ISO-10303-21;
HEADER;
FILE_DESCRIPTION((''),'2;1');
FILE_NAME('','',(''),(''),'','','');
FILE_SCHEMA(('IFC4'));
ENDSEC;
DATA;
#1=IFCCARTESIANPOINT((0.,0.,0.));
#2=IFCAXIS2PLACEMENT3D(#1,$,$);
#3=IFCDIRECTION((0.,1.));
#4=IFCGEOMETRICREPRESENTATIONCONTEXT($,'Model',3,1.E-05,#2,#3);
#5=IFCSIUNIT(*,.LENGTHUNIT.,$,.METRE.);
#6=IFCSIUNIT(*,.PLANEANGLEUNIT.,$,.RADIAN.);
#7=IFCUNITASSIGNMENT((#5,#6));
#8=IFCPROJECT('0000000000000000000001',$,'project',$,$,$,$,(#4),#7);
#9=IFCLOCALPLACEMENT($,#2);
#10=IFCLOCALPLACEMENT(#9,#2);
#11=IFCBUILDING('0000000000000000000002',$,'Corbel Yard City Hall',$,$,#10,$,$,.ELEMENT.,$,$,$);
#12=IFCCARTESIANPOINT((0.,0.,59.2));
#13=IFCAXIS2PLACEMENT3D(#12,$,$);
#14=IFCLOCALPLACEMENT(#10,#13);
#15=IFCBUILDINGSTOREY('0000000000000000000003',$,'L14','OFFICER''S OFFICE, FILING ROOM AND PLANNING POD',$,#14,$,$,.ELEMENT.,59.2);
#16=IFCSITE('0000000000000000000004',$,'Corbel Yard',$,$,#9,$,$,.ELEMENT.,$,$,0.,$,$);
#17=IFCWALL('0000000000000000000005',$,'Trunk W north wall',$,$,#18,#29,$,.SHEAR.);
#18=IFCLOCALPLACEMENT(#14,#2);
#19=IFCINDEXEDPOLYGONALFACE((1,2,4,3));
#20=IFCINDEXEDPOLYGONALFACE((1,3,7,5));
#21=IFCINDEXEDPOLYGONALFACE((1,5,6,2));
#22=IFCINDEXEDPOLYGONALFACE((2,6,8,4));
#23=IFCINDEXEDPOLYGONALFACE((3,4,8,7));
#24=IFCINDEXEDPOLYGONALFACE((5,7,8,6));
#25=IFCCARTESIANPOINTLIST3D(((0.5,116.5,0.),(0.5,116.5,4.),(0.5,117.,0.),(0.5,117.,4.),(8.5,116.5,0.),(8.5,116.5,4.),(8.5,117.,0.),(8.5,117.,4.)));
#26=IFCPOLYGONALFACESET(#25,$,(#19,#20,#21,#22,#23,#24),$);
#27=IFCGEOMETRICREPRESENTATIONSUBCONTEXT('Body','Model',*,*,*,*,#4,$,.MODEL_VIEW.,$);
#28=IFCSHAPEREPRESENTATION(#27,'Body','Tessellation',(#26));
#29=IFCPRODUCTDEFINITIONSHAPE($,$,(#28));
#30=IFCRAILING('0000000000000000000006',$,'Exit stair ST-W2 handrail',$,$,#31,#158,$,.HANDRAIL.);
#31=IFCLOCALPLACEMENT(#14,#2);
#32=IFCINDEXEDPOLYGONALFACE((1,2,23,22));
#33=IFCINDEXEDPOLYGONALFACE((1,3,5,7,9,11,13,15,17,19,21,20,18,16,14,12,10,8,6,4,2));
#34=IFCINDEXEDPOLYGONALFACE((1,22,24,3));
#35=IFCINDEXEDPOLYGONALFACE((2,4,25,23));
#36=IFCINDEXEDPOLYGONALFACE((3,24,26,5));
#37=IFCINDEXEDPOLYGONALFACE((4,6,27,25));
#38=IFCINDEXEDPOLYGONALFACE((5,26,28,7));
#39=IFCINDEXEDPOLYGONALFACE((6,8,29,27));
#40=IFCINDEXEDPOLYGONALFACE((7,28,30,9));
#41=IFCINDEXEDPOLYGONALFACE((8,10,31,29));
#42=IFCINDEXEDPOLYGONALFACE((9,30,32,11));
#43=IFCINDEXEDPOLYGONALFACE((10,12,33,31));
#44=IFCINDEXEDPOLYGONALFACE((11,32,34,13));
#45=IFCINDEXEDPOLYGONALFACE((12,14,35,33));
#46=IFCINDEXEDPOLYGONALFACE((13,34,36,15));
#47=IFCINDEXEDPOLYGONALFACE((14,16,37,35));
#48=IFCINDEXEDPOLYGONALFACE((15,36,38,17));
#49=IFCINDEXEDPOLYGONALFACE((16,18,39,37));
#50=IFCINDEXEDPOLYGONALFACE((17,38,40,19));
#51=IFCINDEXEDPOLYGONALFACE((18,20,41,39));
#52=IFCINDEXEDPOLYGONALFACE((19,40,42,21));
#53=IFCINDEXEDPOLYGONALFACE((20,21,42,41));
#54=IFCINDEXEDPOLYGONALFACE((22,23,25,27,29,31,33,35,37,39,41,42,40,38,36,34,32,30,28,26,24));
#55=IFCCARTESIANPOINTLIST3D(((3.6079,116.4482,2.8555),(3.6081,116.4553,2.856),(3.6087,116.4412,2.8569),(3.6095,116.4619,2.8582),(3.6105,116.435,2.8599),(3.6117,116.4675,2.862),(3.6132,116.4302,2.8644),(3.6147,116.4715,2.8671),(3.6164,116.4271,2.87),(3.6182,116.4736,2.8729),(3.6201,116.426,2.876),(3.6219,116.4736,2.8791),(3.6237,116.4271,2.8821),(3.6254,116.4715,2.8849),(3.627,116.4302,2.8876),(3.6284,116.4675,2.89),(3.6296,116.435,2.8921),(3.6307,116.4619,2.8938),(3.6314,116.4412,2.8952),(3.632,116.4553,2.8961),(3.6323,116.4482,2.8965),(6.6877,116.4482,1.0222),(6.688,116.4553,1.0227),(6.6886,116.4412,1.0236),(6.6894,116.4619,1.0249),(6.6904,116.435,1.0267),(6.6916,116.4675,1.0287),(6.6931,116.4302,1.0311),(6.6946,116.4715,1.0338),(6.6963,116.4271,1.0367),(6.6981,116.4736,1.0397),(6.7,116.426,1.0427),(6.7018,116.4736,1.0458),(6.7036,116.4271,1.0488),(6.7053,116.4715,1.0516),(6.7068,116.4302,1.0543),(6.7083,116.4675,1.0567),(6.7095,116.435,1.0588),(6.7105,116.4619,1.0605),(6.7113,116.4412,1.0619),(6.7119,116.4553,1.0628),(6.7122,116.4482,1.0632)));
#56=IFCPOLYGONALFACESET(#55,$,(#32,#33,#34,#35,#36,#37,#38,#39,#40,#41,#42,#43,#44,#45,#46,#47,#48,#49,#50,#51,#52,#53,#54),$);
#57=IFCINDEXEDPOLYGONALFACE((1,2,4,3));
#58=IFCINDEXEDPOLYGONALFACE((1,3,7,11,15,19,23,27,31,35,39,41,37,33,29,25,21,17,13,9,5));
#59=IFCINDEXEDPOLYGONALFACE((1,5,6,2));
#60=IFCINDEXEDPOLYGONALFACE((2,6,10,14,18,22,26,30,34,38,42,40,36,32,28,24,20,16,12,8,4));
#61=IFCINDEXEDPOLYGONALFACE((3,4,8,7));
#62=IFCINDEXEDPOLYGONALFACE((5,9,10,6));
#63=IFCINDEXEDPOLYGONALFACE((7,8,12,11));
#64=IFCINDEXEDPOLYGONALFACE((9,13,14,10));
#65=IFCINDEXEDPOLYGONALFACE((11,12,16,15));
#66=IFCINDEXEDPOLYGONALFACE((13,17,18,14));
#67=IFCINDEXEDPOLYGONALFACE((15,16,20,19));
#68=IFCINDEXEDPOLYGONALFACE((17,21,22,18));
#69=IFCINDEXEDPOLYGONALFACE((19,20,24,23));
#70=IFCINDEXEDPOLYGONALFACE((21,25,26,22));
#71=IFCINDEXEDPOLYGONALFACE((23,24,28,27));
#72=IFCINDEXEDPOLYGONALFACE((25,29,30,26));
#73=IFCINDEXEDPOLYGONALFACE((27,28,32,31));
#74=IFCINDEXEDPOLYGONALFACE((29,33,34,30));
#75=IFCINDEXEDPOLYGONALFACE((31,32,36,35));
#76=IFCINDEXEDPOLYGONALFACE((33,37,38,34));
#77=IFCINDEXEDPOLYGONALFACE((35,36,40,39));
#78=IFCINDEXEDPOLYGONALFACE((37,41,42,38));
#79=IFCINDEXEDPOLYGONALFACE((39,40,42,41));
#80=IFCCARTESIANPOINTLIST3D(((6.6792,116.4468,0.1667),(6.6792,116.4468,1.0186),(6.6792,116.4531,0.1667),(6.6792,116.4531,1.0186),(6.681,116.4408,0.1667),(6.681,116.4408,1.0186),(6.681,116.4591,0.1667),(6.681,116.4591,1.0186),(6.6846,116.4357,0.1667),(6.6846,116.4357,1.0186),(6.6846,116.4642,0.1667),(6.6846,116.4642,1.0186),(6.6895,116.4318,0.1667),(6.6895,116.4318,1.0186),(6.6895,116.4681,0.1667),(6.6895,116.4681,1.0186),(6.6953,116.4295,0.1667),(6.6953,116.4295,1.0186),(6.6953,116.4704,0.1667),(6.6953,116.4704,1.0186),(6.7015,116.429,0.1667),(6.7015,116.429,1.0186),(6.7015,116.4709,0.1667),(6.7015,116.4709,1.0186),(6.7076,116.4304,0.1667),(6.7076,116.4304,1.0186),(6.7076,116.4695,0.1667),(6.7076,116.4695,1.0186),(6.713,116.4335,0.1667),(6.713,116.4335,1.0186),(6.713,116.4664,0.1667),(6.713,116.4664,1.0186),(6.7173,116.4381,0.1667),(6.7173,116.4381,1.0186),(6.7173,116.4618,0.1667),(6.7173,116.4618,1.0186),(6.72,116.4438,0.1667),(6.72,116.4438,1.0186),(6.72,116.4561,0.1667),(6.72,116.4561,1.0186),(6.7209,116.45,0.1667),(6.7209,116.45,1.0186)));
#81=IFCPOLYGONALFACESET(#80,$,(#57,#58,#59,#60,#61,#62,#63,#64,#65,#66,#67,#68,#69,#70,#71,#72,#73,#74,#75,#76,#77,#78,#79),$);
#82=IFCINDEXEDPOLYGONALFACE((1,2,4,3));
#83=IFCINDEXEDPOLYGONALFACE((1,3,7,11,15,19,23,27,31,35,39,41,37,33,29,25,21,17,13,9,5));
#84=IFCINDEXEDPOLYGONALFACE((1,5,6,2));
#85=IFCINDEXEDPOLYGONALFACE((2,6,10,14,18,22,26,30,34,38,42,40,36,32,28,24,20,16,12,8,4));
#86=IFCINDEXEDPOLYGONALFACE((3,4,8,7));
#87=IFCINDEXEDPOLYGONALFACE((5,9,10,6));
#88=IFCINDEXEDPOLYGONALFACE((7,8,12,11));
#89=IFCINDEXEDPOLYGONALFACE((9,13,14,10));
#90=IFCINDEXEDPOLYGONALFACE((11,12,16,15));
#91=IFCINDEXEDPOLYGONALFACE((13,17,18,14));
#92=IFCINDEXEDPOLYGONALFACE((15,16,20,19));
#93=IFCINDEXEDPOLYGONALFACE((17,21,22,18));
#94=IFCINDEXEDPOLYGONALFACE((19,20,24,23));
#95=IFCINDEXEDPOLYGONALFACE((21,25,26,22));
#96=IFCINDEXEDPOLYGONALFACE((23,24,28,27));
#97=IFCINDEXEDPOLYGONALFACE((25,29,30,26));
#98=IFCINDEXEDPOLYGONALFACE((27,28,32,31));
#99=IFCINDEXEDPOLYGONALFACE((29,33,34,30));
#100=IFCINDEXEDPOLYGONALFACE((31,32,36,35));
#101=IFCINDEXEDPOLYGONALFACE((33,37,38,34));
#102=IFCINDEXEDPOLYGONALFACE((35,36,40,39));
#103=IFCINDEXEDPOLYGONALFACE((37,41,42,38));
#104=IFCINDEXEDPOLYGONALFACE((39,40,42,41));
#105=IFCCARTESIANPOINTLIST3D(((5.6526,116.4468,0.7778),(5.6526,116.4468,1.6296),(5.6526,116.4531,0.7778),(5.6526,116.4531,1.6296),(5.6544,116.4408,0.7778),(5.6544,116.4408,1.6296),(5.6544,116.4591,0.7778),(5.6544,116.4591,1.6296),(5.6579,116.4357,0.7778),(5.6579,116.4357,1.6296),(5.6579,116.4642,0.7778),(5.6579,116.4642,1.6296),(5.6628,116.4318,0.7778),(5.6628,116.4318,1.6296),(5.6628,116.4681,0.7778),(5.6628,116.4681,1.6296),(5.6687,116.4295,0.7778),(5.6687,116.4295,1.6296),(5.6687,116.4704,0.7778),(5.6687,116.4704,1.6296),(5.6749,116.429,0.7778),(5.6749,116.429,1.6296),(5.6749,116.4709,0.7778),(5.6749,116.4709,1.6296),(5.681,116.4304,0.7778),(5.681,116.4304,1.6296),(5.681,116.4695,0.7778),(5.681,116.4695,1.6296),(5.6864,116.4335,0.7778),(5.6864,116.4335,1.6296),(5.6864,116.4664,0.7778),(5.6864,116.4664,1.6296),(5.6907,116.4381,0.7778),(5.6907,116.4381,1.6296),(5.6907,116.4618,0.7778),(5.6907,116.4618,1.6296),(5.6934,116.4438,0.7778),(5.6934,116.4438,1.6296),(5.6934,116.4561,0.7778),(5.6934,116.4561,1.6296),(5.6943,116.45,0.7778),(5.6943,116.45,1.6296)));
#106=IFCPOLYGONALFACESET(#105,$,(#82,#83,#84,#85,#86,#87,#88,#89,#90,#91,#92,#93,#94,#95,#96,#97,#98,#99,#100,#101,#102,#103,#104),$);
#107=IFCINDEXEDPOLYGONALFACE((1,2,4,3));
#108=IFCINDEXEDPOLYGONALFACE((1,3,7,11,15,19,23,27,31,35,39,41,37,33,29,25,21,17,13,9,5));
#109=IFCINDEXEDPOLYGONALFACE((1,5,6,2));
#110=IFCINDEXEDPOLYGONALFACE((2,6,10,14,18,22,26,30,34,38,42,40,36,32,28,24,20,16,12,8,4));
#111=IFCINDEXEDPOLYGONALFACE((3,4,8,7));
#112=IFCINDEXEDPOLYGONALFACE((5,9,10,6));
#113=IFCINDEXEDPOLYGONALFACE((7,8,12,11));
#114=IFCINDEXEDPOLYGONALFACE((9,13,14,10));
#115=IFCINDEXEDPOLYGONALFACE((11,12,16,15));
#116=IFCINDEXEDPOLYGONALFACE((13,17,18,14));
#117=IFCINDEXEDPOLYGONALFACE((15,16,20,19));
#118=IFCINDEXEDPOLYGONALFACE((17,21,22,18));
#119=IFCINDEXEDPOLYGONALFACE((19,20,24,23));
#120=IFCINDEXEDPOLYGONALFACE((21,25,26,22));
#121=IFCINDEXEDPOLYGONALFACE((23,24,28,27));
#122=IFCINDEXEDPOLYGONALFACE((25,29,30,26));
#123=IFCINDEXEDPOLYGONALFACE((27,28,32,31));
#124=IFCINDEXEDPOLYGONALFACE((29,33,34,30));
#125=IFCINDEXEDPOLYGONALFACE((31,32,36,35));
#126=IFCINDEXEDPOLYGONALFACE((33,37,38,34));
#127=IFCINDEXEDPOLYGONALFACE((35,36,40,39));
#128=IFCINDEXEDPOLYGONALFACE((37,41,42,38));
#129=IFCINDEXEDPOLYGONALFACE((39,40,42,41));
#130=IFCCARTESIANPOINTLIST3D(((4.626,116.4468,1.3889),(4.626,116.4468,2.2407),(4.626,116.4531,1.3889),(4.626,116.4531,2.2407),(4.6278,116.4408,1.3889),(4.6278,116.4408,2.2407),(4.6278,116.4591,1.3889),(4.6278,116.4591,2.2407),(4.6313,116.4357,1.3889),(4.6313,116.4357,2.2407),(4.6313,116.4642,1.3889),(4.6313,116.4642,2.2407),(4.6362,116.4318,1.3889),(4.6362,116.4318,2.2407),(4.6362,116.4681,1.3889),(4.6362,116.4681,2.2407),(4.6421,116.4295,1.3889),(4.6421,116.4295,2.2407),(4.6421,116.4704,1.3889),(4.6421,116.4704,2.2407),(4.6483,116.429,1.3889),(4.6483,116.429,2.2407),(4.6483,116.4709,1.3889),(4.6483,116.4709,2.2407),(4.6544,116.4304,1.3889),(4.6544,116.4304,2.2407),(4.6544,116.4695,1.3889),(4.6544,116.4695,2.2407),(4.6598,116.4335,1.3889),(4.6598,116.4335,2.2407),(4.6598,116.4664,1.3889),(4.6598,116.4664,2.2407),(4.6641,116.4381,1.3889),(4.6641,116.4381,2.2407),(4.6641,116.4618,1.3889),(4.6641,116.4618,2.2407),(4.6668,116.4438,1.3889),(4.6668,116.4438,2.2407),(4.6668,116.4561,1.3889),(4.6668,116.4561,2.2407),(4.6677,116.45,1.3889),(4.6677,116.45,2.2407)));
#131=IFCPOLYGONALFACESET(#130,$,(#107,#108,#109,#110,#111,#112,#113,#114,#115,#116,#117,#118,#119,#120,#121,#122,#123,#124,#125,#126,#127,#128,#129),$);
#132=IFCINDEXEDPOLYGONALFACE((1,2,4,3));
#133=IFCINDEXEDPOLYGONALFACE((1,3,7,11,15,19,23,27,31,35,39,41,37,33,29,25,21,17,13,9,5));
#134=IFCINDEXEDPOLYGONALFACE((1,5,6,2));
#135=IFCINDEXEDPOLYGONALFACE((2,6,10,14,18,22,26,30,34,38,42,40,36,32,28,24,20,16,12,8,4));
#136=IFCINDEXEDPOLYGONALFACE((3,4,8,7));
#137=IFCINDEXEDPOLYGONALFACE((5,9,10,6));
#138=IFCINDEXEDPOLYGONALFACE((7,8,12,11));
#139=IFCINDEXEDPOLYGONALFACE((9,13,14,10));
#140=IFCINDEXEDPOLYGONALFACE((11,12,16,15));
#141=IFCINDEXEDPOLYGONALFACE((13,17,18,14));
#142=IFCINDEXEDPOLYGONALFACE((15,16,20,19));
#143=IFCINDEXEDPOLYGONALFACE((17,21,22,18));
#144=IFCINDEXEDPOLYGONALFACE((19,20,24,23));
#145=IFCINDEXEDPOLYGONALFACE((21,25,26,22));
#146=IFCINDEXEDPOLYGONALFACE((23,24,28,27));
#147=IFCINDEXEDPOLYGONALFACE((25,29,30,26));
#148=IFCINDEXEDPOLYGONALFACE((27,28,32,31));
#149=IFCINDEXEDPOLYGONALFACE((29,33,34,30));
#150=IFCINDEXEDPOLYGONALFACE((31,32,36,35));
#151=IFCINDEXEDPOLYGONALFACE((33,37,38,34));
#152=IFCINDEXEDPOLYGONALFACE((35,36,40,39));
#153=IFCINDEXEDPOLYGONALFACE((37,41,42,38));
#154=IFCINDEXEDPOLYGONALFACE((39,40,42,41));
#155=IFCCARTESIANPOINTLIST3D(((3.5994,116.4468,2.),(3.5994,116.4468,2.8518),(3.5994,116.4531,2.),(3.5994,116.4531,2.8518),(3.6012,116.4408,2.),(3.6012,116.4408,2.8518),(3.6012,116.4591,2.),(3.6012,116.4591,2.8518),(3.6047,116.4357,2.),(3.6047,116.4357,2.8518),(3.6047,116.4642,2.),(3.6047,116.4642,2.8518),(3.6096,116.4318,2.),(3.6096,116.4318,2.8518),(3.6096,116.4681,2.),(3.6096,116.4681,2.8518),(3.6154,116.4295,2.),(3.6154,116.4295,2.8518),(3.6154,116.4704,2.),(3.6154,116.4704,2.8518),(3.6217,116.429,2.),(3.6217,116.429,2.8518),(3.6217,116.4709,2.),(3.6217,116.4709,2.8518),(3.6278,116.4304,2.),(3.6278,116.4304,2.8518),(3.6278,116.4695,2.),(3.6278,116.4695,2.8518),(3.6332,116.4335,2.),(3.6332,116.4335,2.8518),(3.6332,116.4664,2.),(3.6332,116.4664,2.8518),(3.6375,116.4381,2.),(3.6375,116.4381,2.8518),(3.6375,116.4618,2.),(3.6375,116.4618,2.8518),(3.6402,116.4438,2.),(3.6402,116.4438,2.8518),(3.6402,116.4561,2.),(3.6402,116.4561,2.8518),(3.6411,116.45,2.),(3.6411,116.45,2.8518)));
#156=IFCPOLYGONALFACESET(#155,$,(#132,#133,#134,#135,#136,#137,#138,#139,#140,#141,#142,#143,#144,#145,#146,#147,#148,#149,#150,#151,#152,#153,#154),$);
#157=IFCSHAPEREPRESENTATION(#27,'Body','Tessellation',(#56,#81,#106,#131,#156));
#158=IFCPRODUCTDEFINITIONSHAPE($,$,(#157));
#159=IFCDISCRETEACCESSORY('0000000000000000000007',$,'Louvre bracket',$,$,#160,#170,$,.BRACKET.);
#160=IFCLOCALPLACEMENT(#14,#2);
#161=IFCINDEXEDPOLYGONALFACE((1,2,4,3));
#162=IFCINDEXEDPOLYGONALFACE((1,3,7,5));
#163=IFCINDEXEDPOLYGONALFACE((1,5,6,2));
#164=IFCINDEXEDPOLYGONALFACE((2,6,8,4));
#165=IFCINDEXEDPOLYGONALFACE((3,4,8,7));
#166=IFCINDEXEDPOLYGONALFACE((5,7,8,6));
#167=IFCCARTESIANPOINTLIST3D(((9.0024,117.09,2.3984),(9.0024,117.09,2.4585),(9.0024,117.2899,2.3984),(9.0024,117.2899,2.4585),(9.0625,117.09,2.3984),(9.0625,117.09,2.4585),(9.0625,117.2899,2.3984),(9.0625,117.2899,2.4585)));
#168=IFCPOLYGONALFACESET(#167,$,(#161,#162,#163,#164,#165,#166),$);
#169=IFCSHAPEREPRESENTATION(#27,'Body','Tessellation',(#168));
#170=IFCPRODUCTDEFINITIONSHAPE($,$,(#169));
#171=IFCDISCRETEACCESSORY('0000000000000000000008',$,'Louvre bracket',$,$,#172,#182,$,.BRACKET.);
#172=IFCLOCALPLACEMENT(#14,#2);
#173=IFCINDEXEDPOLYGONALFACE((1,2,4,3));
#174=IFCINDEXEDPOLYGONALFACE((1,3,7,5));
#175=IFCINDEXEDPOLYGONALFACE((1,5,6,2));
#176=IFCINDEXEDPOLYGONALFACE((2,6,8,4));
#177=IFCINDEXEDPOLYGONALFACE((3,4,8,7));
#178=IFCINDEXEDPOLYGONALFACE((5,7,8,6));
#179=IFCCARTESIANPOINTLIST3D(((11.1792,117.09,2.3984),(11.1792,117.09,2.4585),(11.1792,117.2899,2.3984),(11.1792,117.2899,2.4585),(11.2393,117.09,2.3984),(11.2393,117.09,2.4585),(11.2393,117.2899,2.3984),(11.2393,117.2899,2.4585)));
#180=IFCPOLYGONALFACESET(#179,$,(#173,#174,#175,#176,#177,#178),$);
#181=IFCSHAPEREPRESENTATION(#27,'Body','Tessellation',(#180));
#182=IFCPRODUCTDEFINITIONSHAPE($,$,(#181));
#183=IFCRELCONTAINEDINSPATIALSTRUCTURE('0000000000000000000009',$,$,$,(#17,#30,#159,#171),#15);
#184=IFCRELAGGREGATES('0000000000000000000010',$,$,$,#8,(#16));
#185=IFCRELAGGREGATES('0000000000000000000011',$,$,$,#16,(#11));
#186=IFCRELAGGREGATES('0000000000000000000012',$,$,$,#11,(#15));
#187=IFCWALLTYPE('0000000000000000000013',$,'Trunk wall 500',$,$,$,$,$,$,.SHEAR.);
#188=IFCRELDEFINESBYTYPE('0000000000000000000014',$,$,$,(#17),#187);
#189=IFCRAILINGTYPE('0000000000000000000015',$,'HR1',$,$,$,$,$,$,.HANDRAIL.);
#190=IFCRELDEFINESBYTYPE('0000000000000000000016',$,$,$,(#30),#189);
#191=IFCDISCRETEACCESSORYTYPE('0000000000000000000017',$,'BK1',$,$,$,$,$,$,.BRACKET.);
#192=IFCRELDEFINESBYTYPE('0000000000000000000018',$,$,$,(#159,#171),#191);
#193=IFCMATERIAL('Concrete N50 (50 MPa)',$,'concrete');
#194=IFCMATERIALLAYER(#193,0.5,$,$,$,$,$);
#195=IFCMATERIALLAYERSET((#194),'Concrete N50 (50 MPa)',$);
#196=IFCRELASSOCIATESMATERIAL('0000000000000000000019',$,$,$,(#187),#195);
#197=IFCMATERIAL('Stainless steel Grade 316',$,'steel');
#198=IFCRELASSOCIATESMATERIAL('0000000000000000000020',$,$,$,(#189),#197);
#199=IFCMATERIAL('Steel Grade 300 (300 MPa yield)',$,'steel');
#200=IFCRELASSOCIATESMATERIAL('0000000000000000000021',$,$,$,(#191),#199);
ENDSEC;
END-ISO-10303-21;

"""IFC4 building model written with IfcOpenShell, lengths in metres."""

from ifc_helpers import new_model, si_unit, direction, frame, frame_2d, origin, origin_2d, place, context, subcontext, project, spatial, rectangle, circle, extrude, material, layer, layer_set, type_object, element, save


model = new_model("IFC4")

# Units and contexts
model_context = context("Model", 3, precision=1e-05, world=origin(), true_north=direction((0.0, 1.0)))
body_context = subcontext(model_context, "Body", "Model", "MODEL_VIEW")
ifc_project = project(units=[si_unit("LENGTHUNIT", "METRE"), si_unit("PLANEANGLEUNIT", "RADIAN")], contexts=[model_context])

# Site, building, storey
site_placement = place(None, origin())
site = spatial("IfcSite", under=ifc_project, at=site_placement, Name="Corbel Yard", CompositionType="ELEMENT", RefElevation=0.0)
building_placement = place(site_placement, origin())
building = spatial("IfcBuilding", under=site, at=building_placement, Name="Corbel Yard City Hall", CompositionType="ELEMENT")
storey_placement = place(building_placement, frame((0.0, 0.0, 59.2)))
storey = spatial("IfcBuildingStorey", under=building, at=storey_placement, Name="L14", Description="OFFICER'S OFFICE, FILING ROOM AND PLANNING POD", CompositionType="ELEMENT", Elevation=59.2)

# Shared definitions
ifc_material_1 = material(Name="Steel Grade 300 (300 MPa yield)", Category="steel")

# Wall
ifc_material_2 = material(Name="Concrete N50 (50 MPa)", Category="concrete")
ifc_layer_1 = layer(ifc_material_2, 0.5)
ifc_layer_set_1 = layer_set([ifc_layer_1], Name="Concrete N50 (50 MPa)")
wall_type = type_object("IfcWallType", Name="Trunk wall 500", PredefinedType="SHEAR", material=ifc_layer_set_1)
wall_placement = place(storey_placement, frame((0.5, 116.75, 0.0), z_axis=(0.0, 0.0, 1.0), x_axis=(1.0, 0.0, 0.0)))
element("IfcWall", 1, at=wall_placement, inside=storey, type_object=wall_type, Name="Trunk W north wall", PredefinedType="SHEAR", context=body_context, shape_type="SweptSolid", body=[
    extrude(rectangle(XDim=8.0, YDim=0.5, at=frame_2d((4.0, 0.0))), origin(), (0.0, 0.0, 1.0), 4.0),
])

# Railing
ifc_material_3 = material(Name="Stainless steel Grade 316", Category="steel")
railing_type = type_object("IfcRailingType", Name="HR1", PredefinedType="HANDRAIL", material=ifc_material_3)
railing_placement = place(storey_placement, frame((6.7, 116.45, 0.1667)))
element("IfcRailing", 2, at=railing_placement, inside=storey, type_object=railing_type, Name="Exit stair ST-W2 handrail", PredefinedType="HANDRAIL", context=body_context, shape_type="SweptSolid", body=[
    extrude(circle(Radius=0.0239, at=origin_2d()), frame((0.0, 0.0, 0.876), z_axis=(-0.859291, 0.0, 0.511487), x_axis=(0.0, -1.0, 0.0)), (0.0, 0.0, 1.0), 3.5842),
    extrude(circle(Radius=0.021, at=origin_2d()), origin(), (0.0, 0.0, 1.0), 0.8518),
    extrude(circle(Radius=0.021, at=origin_2d()), frame((-1.0266, 0.0, 0.6111)), (0.0, 0.0, 1.0), 0.8518),
    extrude(circle(Radius=0.021, at=origin_2d()), frame((-2.0532, 0.0, 1.2222)), (0.0, 0.0, 1.0), 0.8518),
    extrude(circle(Radius=0.021, at=origin_2d()), frame((-3.0798, 0.0, 1.8333)), (0.0, 0.0, 1.0), 0.8518),
])

# Discrete accessories
discrete_accessory_type = type_object("IfcDiscreteAccessoryType", Name="BK1", PredefinedType="BRACKET", material=ifc_material_1)
for number, where, z_axis, x_axis, name in (
    (3, (9.0325, 117.1899, 2.3984), (0.0, 0.0, 1.0), (1.0, 0.0, 0.0), "Louvre bracket"),
    (4, (11.2092, 117.1899, 2.3984), (0.0, 0.0, 1.0), (1.0, 0.0, 0.0), "Louvre bracket"),
):
    element("IfcDiscreteAccessory", number, at=place(storey_placement, frame(where, z_axis=z_axis, x_axis=x_axis)), inside=storey, type_object=discrete_accessory_type, Name=name, PredefinedType="BRACKET", context=body_context, shape_type="SweptSolid", body=[
        extrude(rectangle(XDim=0.0601, YDim=0.2, at=origin_2d()), origin(), (0.0, 0.0, 1.0), 0.0601),
    ])

save(model, "model.ifc")
